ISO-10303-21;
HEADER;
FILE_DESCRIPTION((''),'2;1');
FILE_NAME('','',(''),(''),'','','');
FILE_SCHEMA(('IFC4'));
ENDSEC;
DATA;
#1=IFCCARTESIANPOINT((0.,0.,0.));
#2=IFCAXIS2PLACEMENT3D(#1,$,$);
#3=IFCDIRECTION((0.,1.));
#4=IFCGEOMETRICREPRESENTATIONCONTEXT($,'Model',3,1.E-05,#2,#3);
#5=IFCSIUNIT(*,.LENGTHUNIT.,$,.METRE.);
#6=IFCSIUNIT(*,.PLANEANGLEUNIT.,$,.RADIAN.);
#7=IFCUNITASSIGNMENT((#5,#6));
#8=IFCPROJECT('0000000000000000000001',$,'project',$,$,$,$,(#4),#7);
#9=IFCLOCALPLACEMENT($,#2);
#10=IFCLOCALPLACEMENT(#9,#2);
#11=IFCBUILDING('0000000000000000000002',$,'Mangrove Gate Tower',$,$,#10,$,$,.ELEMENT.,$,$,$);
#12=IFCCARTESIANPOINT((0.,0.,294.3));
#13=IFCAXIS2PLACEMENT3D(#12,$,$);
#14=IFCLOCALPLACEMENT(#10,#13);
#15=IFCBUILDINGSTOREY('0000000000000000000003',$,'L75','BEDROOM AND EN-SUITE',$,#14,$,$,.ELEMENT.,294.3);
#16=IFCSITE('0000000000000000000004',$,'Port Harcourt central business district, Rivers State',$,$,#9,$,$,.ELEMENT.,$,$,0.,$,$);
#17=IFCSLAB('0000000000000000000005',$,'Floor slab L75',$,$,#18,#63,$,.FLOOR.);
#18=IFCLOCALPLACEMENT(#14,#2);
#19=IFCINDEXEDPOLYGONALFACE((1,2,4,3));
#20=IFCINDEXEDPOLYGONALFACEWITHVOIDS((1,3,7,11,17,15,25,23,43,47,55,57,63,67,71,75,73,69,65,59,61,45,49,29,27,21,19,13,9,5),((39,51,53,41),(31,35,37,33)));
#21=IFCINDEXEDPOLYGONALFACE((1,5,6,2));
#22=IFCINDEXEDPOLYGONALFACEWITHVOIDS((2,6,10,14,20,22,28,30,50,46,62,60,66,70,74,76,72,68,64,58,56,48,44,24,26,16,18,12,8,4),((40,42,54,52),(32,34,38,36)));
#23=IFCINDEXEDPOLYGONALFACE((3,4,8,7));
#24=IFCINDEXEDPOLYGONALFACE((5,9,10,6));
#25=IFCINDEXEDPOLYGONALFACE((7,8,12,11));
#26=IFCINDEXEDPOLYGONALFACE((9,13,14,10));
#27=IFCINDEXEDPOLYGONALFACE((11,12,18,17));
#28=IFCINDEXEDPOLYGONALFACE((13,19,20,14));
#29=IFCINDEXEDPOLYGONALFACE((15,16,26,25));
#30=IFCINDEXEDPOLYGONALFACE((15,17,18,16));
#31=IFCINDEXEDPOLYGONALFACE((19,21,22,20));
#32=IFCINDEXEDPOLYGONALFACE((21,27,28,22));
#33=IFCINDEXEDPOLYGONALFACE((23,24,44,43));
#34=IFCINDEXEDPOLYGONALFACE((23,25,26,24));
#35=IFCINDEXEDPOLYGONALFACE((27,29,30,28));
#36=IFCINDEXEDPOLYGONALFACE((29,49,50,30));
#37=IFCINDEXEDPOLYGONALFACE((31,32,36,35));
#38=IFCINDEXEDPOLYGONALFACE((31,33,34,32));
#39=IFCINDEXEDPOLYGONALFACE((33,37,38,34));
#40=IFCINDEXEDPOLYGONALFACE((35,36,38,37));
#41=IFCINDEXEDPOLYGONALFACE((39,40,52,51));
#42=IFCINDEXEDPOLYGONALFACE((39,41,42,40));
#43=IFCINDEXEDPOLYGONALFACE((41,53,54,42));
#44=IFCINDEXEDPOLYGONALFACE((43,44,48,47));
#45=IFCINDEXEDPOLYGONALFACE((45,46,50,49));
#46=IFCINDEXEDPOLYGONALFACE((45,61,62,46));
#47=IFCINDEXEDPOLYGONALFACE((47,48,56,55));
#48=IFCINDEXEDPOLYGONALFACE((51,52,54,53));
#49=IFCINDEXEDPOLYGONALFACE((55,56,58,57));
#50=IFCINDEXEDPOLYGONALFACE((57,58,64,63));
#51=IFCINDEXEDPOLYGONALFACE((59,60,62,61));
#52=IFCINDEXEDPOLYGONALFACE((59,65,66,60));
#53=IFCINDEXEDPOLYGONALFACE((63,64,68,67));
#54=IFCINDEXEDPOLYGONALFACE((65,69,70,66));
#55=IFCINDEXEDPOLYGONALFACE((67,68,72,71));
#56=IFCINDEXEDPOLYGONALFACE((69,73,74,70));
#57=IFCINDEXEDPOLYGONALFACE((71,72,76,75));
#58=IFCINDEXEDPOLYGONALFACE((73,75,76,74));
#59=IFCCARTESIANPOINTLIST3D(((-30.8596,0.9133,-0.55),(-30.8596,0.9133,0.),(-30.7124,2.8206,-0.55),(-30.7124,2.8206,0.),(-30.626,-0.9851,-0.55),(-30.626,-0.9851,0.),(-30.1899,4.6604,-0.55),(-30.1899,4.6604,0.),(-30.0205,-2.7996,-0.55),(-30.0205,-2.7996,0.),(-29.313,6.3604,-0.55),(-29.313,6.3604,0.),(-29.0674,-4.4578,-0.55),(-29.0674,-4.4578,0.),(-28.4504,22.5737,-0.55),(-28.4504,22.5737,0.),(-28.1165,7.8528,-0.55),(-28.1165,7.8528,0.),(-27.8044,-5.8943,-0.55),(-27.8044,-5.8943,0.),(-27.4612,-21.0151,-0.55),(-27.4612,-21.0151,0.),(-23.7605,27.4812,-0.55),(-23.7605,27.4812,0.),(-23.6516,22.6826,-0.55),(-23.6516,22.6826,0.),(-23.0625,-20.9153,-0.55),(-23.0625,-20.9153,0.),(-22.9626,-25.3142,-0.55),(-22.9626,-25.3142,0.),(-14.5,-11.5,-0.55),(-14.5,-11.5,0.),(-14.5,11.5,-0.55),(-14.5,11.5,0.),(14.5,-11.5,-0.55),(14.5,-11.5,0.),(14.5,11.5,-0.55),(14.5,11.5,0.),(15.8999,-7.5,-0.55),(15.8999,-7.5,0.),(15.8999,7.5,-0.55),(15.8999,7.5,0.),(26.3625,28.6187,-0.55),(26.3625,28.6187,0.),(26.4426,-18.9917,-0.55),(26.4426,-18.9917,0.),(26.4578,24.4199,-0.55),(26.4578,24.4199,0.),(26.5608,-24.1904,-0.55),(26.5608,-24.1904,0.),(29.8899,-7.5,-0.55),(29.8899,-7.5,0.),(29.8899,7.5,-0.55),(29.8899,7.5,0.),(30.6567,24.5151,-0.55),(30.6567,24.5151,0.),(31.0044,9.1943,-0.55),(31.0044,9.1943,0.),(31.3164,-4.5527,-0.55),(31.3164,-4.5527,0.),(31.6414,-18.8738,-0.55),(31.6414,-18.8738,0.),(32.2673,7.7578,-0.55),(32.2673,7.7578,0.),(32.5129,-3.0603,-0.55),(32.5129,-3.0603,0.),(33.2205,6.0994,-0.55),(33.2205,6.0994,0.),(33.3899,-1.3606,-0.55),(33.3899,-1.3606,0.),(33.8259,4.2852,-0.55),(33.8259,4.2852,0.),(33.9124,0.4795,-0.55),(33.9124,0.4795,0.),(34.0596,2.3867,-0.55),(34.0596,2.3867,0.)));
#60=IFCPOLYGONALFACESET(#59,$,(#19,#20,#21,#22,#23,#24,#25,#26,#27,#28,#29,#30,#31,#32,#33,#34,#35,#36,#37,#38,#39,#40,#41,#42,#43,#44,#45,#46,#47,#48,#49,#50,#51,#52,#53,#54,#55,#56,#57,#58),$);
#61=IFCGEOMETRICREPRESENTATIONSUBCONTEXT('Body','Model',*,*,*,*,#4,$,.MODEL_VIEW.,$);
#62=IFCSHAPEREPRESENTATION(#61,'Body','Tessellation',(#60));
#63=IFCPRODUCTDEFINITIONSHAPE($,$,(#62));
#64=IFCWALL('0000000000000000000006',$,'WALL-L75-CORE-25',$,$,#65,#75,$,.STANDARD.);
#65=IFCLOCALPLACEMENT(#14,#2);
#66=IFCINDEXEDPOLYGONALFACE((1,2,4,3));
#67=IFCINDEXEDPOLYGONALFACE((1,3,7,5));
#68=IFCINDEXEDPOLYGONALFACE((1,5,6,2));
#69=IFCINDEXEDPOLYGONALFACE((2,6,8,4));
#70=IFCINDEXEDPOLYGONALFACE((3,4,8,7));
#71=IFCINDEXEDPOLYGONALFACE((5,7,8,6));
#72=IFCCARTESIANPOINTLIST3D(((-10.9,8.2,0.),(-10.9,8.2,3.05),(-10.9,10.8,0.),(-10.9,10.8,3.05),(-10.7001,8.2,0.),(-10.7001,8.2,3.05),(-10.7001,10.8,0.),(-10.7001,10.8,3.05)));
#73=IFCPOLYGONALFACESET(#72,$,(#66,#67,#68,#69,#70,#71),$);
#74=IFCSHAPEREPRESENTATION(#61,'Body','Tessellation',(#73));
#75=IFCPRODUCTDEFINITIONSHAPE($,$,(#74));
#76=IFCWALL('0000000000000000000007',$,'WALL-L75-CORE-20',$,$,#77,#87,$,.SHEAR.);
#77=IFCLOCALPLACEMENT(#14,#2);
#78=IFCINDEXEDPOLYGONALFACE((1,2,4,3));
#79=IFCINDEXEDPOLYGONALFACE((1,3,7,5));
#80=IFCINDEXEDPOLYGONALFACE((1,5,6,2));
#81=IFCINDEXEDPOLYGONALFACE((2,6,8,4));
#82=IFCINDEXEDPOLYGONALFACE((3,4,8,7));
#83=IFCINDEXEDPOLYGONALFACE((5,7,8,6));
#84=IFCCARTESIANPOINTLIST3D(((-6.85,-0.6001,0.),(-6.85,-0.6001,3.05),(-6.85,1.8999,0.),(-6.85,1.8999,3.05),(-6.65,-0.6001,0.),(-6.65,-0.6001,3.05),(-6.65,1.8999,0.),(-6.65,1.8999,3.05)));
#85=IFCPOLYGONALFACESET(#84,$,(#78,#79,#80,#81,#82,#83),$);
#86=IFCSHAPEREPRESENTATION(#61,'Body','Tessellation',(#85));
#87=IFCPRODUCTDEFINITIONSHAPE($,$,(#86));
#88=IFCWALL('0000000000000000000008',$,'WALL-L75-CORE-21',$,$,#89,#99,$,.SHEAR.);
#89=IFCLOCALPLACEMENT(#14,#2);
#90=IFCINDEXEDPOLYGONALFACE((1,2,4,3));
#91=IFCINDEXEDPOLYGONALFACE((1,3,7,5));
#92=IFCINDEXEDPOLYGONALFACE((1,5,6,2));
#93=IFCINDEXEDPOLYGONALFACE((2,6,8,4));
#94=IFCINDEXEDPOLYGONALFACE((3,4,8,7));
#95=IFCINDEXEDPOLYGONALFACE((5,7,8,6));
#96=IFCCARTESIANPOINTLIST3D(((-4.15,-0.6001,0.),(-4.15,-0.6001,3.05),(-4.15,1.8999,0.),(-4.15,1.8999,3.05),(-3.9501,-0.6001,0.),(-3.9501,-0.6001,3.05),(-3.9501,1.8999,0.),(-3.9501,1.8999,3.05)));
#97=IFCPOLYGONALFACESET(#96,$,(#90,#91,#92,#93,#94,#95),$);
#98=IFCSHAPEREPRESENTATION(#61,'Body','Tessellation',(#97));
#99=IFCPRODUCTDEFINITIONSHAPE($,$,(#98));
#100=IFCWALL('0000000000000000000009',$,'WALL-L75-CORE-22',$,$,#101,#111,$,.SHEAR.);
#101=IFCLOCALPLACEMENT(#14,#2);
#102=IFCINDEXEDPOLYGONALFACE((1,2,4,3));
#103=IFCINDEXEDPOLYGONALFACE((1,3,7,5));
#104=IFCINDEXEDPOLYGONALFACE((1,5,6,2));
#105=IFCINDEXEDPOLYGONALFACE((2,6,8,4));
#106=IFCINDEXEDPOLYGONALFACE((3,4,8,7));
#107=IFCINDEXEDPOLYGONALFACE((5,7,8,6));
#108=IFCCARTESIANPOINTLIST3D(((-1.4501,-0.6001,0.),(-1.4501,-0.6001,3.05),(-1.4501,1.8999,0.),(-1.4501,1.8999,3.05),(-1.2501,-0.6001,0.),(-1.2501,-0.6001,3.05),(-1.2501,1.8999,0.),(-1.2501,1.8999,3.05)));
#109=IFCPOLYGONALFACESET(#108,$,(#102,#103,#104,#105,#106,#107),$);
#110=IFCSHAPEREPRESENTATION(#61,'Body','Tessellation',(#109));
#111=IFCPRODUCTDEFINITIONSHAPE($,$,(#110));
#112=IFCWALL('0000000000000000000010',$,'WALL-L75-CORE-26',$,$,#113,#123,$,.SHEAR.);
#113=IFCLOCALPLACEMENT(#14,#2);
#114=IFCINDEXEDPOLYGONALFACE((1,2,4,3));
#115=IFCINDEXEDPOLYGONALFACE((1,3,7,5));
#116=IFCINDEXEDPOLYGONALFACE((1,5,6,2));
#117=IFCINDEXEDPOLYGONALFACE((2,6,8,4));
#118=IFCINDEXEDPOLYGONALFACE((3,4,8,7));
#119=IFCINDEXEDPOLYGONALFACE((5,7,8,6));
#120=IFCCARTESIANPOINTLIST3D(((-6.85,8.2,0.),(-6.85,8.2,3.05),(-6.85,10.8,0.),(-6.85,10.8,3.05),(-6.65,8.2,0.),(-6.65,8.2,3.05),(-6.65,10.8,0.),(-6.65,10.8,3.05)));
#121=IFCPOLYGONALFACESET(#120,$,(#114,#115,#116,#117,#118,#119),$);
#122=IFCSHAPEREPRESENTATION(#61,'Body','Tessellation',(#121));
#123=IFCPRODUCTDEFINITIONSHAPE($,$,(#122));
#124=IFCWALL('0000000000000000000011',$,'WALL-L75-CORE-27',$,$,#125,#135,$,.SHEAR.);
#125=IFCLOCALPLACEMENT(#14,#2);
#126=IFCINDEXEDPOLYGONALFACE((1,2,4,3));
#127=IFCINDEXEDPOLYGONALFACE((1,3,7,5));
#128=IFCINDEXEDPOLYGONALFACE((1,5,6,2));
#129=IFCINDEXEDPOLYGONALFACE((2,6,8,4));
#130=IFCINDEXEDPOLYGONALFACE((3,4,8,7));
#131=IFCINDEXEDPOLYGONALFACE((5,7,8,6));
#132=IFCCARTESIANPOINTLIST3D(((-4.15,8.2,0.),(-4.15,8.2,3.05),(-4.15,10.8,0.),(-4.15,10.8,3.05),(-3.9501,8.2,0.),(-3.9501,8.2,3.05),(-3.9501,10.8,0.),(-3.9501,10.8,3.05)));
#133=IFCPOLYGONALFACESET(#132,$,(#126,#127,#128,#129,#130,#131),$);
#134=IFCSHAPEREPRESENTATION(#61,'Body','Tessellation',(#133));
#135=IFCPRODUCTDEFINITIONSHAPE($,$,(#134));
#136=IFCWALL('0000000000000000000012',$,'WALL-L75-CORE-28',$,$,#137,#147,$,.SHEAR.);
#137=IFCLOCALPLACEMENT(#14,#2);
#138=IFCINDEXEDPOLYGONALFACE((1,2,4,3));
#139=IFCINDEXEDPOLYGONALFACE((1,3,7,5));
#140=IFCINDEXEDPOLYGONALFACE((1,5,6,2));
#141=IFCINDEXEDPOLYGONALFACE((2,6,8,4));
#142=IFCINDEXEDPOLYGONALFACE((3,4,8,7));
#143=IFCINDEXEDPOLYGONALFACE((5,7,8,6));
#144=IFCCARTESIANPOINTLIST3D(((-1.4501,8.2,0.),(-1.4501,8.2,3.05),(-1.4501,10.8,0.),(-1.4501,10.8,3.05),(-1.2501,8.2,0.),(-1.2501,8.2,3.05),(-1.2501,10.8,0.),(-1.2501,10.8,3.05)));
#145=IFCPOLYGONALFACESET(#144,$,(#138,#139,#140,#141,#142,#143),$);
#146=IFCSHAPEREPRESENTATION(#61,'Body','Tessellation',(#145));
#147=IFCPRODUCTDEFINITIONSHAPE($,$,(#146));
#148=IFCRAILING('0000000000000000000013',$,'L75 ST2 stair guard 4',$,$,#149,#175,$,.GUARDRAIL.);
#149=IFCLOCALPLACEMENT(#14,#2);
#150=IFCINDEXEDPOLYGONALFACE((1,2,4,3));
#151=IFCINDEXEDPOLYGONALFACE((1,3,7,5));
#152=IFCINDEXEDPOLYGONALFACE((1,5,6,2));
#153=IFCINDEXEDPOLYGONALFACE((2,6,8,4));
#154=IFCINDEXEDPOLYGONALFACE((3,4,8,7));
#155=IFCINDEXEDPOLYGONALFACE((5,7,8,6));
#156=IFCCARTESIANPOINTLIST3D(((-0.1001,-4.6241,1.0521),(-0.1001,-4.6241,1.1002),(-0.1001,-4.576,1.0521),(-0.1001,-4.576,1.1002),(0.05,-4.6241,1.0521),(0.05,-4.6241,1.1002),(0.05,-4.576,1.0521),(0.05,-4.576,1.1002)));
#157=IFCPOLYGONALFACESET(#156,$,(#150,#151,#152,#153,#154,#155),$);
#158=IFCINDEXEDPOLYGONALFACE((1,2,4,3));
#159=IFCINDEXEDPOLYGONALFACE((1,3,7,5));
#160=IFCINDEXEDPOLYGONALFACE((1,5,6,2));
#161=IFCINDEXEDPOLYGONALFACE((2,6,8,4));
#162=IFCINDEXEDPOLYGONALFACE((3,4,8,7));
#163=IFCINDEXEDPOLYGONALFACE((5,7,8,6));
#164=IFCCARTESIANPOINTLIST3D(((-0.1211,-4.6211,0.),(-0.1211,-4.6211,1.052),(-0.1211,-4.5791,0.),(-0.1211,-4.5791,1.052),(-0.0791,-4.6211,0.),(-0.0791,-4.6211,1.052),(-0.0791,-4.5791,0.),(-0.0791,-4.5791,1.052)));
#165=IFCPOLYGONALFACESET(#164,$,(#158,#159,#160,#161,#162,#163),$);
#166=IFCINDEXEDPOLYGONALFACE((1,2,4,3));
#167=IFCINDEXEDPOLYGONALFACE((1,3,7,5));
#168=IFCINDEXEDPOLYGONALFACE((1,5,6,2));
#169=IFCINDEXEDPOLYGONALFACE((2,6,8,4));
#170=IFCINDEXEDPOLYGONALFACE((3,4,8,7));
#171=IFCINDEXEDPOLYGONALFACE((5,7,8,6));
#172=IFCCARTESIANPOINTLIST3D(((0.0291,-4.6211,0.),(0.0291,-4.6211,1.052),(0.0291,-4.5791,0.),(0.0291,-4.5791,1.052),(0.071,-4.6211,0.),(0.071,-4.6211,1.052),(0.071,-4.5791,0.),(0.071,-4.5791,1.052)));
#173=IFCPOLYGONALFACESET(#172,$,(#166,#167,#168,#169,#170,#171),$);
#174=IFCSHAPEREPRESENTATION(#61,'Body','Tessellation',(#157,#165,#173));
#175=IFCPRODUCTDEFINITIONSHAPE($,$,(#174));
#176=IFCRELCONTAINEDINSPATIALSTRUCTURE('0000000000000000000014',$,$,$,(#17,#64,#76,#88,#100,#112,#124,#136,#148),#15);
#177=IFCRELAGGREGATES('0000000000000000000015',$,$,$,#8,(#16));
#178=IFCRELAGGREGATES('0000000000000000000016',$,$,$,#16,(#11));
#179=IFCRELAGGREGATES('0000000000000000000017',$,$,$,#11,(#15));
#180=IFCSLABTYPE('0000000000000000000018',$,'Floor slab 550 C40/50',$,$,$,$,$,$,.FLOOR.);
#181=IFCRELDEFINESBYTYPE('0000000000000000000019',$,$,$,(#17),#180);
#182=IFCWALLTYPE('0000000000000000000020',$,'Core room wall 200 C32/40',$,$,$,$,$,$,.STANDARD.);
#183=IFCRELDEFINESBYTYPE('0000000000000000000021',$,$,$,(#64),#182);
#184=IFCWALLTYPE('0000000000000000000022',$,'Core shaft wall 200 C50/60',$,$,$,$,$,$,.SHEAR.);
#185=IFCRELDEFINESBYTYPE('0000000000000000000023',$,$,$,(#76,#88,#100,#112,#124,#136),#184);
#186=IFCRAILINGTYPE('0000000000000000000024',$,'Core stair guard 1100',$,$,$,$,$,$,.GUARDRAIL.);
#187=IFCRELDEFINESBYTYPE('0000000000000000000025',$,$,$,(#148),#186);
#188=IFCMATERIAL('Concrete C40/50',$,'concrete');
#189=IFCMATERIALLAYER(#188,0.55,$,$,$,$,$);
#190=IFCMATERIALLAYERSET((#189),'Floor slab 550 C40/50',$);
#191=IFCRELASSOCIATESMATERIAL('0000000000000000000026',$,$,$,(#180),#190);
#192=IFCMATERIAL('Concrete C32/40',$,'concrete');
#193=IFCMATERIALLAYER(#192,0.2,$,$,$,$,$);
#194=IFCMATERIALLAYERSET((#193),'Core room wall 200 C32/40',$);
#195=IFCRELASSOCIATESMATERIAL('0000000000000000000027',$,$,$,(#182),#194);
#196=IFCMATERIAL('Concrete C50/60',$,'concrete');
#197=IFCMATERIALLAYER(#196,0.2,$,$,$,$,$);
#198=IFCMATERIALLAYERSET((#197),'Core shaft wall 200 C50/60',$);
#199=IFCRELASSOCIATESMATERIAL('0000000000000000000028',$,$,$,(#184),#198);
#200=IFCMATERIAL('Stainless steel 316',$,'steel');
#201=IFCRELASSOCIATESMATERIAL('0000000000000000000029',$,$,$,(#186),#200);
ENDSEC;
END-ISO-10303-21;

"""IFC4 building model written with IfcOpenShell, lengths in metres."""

from ifc_helpers import new_model, si_unit, direction, frame, frame_2d, origin, origin_2d, place, context, subcontext, project, spatial, polyline, rectangle, outline, extrude, material, layer, layer_set, type_object, element, save


model = new_model("IFC4")

# Units and contexts
model_context = context("Model", 3, precision=1e-05, world=origin(), true_north=direction((0.0, 1.0)))
body_context = subcontext(model_context, "Body", "Model", "MODEL_VIEW")
ifc_project = project(units=[si_unit("LENGTHUNIT", "METRE"), si_unit("PLANEANGLEUNIT", "RADIAN")], contexts=[model_context])

# Site, building, storey
site_placement = place(None, origin())
site = spatial("IfcSite", under=ifc_project, at=site_placement, Name="Port Harcourt central business district, Rivers State", CompositionType="ELEMENT", RefElevation=0.0)
building_placement = place(site_placement, origin())
building = spatial("IfcBuilding", under=site, at=building_placement, Name="Mangrove Gate Tower", CompositionType="ELEMENT")
storey_placement = place(building_placement, frame((0.0, 0.0, 294.3)))
storey = spatial("IfcBuildingStorey", under=building, at=storey_placement, Name="L75", Description="BEDROOM AND EN-SUITE", CompositionType="ELEMENT", Elevation=294.3)

# Slab
ifc_material_1 = material(Name="Concrete C40/50", Category="concrete")
ifc_layer_1 = layer(ifc_material_1, 0.55)
ifc_layer_set_1 = layer_set([ifc_layer_1], Name="Floor slab 550 C40/50")
slab_type = type_object("IfcSlabType", Name="Floor slab 550 C40/50", PredefinedType="FLOOR", material=ifc_layer_set_1)
slab_placement = place(storey_placement, frame((0.0, 0.0, -0.55)))
element("IfcSlab", 1, at=slab_placement, inside=storey, type_object=slab_type, Name="Floor slab L75", PredefinedType="FLOOR", context=body_context, shape_type="SweptSolid", body=[
    extrude(outline(polyline([(-22.9626, -25.3142), (26.5608, -24.1904), (26.4426, -18.9917), (31.6414, -18.8738), (31.3164, -4.5527), (32.5129, -3.0603), (33.3899, -1.3606), (33.9124, 0.4795), (34.0596, 2.3867), (33.8259, 4.2852), (33.2205, 6.0994), (32.2673, 7.7578), (31.0044, 9.1943), (30.6567, 24.5151), (26.4578, 24.4199), (26.3625, 28.6187), (-23.7605, 27.4812), (-23.6516, 22.6826), (-28.4504, 22.5737), (-28.1165, 7.8528), (-29.313, 6.3604), (-30.1899, 4.6604), (-30.7124, 2.8206), (-30.8596, 0.9133), (-30.626, -0.9851), (-30.0205, -2.7996), (-29.0674, -4.4578), (-27.8044, -5.8943), (-27.4612, -21.0151), (-23.0625, -20.9153), (-22.9626, -25.3142)]), holes=[polyline([(15.8999, 7.5), (29.8899, 7.5), (29.8899, -7.5), (15.8999, -7.5), (15.8999, 7.5)]), polyline([(-14.5, -11.5), (-14.5, 11.5), (14.5, 11.5), (14.5, -11.5), (-14.5, -11.5)])]), origin(), (0.0, 0.0, 1.0), 0.55),
])

# Walls
ifc_material_2 = material(Name="Concrete C32/40", Category="concrete")
ifc_layer_2 = layer(ifc_material_2, 0.2)
ifc_layer_set_2 = layer_set([ifc_layer_2], Name="Core room wall 200 C32/40")
wall_type_1 = type_object("IfcWallType", Name="Core room wall 200 C32/40", PredefinedType="STANDARD", material=ifc_layer_set_2)
wall_placement = place(storey_placement, frame((-10.8, 8.2, 0.0), z_axis=(0.0, 0.0, 1.0), x_axis=(0.0, 1.0, 0.0)))
element("IfcWall", 2, at=wall_placement, inside=storey, type_object=wall_type_1, Name="WALL-L75-CORE-25", PredefinedType="STANDARD", context=body_context, shape_type="SweptSolid", body=[
    extrude(rectangle(XDim=2.6001, YDim=0.2, at=frame_2d((1.3, 0.0))), origin(), (0.0, 0.0, 1.0), 3.05),
])
ifc_material_3 = material(Name="Concrete C50/60", Category="concrete")
ifc_layer_3 = layer(ifc_material_3, 0.2)
ifc_layer_set_3 = layer_set([ifc_layer_3], Name="Core shaft wall 200 C50/60")
wall_type_2 = type_object("IfcWallType", Name="Core shaft wall 200 C50/60", PredefinedType="SHEAR", material=ifc_layer_set_3)
for number, where, z_axis, x_axis, name in (
    (3, (-6.75, -0.6001, 0.0), (0.0, 0.0, 1.0), (0.0, 1.0, 0.0), "WALL-L75-CORE-20"),
    (4, (-4.05, -0.6001, 0.0), (0.0, 0.0, 1.0), (0.0, 1.0, 0.0), "WALL-L75-CORE-21"),
    (5, (-1.3501, -0.6001, 0.0), (0.0, 0.0, 1.0), (0.0, 1.0, 0.0), "WALL-L75-CORE-22"),
):
    element("IfcWall", number, at=place(storey_placement, frame(where, z_axis=z_axis, x_axis=x_axis)), inside=storey, type_object=wall_type_2, Name=name, PredefinedType="SHEAR", context=body_context, shape_type="SweptSolid", body=[
        extrude(rectangle(XDim=2.5, YDim=0.2, at=frame_2d((1.25, 0.0))), origin(), (0.0, 0.0, 1.0), 3.05),
    ])
for number, where, z_axis, x_axis, name in (
    (6, (-6.75, 8.2, 0.0), (0.0, 0.0, 1.0), (0.0, 1.0, 0.0), "WALL-L75-CORE-26"),
    (7, (-4.05, 8.2, 0.0), (0.0, 0.0, 1.0), (0.0, 1.0, 0.0), "WALL-L75-CORE-27"),
    (8, (-1.3501, 8.2, 0.0), (0.0, 0.0, 1.0), (0.0, 1.0, 0.0), "WALL-L75-CORE-28"),
):
    element("IfcWall", number, at=place(storey_placement, frame(where, z_axis=z_axis, x_axis=x_axis)), inside=storey, type_object=wall_type_2, Name=name, PredefinedType="SHEAR", context=body_context, shape_type="SweptSolid", body=[
        extrude(rectangle(XDim=2.6001, YDim=0.2, at=frame_2d((1.3, 0.0))), origin(), (0.0, 0.0, 1.0), 3.05),
    ])

# Railing
ifc_material_4 = material(Name="Stainless steel 316", Category="steel")
railing_type = type_object("IfcRailingType", Name="Core stair guard 1100", PredefinedType="GUARDRAIL", material=ifc_material_4)
railing_placement = place(storey_placement, frame((-0.1001, -4.6001, 0.0)))
element("IfcRailing", 9, at=railing_placement, inside=storey, type_object=railing_type, Name="L75 ST2 stair guard 4", PredefinedType="GUARDRAIL", context=body_context, shape_type="SweptSolid", body=[
    extrude(rectangle(XDim=0.0481, YDim=0.0481, at=origin_2d()), frame((0.0, 0.0, 1.0762), z_axis=(1.0, 0.0, 0.0), x_axis=(0.0, 1.0, 0.0)), (0.0, 0.0, 1.0), 0.1501),
    extrude(rectangle(XDim=0.042, YDim=0.042, at=origin_2d()), origin(), (0.0, 0.0, 1.0), 1.052),
    extrude(rectangle(XDim=0.042, YDim=0.042, at=origin_2d()), frame((0.1501, 0.0, 0.0)), (0.0, 0.0, 1.0), 1.052),
])

save(model, "model.ifc")
